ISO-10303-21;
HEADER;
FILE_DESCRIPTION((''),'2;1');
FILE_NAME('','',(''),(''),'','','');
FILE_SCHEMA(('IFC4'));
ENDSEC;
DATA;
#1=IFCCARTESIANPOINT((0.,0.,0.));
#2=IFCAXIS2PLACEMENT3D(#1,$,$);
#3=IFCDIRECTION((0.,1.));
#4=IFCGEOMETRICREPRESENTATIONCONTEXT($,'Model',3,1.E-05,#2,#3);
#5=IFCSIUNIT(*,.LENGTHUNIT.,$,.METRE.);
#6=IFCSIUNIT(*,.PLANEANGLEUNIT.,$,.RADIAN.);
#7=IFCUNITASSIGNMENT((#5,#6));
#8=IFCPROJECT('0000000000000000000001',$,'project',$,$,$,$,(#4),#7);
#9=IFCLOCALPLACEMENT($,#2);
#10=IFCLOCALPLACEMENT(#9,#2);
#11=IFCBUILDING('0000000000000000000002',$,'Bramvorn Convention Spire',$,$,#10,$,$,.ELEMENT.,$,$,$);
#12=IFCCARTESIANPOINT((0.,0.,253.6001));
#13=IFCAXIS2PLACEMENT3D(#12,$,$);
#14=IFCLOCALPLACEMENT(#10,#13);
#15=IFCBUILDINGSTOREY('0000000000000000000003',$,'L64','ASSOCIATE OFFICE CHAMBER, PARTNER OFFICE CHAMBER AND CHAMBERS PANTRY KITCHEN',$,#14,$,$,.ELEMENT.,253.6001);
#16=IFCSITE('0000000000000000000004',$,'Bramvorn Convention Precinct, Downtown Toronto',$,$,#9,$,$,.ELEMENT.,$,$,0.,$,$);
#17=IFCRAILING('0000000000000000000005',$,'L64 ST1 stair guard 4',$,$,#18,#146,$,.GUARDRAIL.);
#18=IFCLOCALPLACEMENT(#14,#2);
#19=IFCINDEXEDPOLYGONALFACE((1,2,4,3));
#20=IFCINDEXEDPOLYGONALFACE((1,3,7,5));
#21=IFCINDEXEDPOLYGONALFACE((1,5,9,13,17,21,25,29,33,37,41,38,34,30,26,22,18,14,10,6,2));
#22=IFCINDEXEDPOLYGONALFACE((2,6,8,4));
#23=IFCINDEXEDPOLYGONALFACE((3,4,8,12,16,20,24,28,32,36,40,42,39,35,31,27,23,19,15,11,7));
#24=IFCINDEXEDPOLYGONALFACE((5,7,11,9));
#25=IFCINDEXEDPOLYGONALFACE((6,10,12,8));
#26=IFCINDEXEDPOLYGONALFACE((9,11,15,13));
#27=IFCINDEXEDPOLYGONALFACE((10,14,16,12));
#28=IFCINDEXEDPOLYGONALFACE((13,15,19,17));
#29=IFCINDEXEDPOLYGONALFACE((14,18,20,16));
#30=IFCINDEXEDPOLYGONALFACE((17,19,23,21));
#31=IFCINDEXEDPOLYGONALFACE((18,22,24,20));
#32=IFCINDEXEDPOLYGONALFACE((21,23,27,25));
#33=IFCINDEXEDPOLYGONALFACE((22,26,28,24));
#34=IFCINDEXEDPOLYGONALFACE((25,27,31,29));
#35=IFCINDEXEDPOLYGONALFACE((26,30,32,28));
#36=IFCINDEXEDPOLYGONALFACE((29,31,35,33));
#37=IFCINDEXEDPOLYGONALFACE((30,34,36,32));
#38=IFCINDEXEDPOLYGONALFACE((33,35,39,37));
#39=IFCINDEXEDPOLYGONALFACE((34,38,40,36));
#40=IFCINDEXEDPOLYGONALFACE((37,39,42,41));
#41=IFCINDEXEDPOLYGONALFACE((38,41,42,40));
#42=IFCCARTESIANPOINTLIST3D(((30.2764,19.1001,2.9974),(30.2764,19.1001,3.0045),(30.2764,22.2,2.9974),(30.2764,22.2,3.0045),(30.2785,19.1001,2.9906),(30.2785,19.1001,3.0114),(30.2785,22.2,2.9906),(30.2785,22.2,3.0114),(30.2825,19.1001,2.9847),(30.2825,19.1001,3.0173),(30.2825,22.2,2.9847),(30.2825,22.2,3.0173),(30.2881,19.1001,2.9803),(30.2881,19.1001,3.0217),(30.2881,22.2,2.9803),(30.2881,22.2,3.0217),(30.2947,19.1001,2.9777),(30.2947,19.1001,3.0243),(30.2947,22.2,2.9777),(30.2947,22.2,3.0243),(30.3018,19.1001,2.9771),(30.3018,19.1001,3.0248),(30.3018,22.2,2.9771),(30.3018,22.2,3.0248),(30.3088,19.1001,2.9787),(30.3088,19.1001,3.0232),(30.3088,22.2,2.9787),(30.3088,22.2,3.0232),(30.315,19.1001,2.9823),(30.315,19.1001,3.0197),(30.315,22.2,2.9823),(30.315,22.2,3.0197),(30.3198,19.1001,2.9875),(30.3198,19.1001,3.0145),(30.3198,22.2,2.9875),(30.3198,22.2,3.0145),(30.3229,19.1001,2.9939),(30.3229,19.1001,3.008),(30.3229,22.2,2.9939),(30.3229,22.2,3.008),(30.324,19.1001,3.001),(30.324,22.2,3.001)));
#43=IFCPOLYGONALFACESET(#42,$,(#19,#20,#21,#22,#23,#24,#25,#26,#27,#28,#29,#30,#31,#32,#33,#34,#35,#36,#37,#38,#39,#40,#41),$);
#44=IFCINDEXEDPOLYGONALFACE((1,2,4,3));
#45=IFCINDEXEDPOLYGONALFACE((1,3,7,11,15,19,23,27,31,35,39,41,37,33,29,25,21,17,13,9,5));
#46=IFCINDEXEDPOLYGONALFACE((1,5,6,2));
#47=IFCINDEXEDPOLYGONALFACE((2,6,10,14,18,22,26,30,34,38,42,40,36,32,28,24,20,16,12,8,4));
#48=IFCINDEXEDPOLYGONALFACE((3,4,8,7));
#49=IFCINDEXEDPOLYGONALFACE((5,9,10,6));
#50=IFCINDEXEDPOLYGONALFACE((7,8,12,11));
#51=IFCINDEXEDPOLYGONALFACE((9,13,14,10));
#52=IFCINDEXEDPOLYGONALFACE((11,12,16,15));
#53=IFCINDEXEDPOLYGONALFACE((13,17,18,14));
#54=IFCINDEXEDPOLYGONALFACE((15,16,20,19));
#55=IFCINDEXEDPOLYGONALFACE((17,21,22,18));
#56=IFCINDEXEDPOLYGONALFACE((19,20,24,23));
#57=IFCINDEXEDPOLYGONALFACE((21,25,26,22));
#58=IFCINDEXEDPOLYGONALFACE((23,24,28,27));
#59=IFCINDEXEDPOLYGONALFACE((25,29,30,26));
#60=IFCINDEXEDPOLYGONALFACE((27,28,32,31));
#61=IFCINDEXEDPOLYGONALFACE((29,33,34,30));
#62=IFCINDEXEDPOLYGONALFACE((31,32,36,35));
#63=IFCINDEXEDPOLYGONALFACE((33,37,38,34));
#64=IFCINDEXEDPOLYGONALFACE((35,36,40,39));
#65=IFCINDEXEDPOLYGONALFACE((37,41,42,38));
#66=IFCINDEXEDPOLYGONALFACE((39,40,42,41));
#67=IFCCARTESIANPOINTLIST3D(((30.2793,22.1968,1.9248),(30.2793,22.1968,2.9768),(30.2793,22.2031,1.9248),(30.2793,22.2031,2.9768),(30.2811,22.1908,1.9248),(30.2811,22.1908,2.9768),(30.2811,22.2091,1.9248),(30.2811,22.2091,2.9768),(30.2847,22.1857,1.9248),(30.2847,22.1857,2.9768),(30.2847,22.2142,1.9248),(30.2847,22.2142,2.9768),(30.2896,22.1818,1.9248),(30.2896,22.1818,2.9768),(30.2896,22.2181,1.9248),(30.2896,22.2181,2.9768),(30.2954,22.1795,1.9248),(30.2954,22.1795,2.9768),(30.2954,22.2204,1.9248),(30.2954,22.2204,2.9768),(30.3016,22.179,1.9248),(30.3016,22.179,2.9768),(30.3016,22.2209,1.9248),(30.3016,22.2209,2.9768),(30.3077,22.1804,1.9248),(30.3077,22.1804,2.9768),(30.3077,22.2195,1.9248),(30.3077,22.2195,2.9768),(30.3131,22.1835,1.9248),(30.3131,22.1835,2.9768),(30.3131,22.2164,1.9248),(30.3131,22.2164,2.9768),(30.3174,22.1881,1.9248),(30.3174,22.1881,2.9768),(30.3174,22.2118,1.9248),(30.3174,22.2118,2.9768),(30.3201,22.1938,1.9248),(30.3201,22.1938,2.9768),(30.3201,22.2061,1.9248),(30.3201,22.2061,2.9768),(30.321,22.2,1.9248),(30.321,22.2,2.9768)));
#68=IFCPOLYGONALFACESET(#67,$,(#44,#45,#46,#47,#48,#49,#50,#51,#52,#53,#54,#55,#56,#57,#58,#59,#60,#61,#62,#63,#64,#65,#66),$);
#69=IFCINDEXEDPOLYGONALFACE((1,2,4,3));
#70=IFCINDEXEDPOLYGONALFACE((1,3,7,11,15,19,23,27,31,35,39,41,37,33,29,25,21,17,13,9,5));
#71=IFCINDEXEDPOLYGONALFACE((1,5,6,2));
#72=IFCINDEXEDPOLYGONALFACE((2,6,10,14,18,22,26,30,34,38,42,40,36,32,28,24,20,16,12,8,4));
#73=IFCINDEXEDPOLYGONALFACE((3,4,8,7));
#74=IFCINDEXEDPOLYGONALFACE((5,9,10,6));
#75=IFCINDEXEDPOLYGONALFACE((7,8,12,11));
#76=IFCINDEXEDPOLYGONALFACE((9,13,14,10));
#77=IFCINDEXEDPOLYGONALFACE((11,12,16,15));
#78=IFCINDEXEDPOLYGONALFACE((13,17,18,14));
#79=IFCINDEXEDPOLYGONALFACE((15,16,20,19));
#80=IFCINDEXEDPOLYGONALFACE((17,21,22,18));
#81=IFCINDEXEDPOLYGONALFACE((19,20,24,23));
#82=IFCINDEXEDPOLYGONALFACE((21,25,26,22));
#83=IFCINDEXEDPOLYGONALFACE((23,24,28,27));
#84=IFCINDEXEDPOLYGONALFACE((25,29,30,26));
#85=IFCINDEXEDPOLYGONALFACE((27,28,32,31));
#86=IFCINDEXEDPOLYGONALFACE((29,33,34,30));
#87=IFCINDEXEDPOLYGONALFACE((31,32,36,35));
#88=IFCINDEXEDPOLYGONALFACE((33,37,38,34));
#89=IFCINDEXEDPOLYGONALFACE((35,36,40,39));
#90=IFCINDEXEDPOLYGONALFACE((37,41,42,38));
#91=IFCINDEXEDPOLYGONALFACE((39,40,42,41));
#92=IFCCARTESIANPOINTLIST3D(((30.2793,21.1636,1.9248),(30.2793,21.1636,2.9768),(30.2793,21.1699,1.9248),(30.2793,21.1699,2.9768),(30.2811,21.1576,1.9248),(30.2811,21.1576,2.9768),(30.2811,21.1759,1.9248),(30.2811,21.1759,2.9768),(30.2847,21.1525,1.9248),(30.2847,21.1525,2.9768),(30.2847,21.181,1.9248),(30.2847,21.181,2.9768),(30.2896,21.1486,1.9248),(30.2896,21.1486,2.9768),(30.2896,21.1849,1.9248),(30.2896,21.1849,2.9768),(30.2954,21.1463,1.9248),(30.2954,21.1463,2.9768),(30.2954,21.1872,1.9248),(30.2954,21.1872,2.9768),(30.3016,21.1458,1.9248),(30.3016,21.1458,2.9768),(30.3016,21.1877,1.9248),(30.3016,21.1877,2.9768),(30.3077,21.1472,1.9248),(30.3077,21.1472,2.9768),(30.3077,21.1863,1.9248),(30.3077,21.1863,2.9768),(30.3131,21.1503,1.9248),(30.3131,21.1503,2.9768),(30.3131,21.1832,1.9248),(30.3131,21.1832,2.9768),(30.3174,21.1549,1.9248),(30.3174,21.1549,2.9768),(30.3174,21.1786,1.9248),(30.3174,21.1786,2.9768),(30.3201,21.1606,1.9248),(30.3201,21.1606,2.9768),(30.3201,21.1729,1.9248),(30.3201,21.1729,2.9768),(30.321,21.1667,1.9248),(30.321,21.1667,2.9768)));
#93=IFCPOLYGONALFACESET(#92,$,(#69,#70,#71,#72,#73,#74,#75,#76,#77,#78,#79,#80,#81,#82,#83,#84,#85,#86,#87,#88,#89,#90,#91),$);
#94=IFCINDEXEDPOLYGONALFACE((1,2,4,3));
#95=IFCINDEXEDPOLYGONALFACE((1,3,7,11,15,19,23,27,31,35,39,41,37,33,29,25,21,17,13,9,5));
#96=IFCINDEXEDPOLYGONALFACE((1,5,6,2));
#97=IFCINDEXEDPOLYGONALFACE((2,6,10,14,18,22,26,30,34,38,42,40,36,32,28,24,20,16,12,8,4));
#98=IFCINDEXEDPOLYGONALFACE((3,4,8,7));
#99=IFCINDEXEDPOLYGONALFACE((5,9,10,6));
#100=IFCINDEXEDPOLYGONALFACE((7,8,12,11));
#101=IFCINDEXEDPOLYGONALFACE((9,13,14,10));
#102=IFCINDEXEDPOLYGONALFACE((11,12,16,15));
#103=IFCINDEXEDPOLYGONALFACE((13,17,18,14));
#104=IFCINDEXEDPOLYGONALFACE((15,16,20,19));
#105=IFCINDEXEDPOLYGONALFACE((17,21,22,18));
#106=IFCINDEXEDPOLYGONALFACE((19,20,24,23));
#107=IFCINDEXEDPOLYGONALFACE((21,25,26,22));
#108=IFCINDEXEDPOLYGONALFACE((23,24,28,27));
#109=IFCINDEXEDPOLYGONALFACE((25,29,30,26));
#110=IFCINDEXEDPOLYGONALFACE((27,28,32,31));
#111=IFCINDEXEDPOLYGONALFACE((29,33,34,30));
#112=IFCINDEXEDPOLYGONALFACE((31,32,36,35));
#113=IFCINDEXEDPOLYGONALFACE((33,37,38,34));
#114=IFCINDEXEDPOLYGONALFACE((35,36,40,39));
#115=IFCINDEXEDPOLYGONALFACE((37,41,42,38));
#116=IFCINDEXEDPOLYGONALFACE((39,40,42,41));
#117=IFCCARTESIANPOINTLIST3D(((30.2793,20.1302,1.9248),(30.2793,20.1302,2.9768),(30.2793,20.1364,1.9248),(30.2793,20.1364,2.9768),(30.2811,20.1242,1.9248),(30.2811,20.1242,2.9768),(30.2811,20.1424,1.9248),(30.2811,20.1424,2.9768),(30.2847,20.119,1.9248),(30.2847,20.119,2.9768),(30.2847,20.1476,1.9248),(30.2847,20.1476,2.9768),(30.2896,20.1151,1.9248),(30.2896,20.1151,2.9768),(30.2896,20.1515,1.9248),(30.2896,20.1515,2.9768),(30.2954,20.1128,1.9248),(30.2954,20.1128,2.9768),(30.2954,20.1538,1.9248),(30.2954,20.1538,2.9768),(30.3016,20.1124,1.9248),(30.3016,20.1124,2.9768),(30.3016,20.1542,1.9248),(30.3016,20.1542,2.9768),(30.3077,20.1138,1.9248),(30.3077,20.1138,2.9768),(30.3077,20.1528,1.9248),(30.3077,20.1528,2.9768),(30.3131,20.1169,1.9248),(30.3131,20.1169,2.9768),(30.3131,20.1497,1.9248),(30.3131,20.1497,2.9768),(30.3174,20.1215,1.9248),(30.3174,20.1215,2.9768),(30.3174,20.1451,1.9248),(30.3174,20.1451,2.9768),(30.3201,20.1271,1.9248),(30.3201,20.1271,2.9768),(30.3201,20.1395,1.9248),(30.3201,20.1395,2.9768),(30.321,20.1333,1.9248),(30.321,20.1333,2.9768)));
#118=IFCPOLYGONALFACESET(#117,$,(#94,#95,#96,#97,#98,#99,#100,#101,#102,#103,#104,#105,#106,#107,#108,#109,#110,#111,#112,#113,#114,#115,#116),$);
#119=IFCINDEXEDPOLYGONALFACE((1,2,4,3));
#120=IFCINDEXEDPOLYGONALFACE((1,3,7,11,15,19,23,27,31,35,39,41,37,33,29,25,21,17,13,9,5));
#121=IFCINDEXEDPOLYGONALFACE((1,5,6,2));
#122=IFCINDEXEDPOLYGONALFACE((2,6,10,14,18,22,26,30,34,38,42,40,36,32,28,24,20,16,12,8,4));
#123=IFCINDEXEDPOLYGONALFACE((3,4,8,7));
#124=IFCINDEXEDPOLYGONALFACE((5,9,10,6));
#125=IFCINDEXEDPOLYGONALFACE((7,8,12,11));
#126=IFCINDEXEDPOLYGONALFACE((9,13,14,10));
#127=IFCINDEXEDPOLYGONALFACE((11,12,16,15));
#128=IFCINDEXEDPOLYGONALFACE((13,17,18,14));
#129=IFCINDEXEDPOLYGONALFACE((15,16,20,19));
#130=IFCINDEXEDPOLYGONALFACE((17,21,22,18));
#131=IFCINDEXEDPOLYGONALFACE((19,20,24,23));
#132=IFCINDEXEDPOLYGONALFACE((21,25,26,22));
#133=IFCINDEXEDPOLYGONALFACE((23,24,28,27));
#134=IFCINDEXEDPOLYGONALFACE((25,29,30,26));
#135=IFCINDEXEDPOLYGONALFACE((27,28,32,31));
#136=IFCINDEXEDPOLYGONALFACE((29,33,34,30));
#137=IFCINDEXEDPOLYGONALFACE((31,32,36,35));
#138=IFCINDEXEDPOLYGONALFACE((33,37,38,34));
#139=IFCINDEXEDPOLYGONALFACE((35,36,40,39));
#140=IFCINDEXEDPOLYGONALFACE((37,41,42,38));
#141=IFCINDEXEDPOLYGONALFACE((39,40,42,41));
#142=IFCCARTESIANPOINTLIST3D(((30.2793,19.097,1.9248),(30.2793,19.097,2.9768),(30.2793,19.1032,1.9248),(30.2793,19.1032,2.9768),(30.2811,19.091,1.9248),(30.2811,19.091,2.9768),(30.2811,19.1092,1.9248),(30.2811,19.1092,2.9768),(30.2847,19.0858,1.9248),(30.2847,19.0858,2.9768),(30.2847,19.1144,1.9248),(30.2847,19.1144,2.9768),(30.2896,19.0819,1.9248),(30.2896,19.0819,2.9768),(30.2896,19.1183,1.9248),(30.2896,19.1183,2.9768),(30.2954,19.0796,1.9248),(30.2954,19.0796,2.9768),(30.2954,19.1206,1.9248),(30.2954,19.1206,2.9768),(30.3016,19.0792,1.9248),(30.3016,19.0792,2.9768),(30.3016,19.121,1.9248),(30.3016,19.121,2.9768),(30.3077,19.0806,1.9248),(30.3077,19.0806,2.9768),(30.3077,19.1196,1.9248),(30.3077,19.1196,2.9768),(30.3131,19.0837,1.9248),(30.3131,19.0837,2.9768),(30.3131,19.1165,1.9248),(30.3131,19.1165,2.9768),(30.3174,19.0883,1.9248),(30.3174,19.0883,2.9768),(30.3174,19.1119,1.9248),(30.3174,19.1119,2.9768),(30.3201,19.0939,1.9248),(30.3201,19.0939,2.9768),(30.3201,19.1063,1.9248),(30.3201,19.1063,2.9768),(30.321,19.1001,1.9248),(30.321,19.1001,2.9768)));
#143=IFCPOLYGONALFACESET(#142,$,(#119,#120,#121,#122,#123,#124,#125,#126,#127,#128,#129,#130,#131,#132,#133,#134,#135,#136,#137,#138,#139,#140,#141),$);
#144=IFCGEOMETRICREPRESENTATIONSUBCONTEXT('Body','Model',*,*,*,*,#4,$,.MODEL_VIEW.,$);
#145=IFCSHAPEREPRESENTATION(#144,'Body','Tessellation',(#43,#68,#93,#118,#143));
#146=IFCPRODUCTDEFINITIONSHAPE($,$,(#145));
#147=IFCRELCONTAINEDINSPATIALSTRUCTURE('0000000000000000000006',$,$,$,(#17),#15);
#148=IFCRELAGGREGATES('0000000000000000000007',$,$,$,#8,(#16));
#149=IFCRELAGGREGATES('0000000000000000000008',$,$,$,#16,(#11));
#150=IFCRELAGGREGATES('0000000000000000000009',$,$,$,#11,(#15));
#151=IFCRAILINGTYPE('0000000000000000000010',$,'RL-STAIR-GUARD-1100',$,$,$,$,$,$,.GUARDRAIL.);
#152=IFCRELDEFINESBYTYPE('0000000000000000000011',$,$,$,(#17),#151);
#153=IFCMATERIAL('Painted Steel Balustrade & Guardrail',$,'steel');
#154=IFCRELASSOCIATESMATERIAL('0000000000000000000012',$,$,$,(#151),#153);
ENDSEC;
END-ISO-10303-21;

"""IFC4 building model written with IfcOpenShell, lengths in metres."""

from ifc_helpers import new_model, si_unit, direction, frame, origin, origin_2d, place, context, subcontext, project, spatial, circle, extrude, material, type_object, element, save


model = new_model("IFC4")

# Units and contexts
model_context = context("Model", 3, precision=1e-05, world=origin(), true_north=direction((0.0, 1.0)))
body_context = subcontext(model_context, "Body", "Model", "MODEL_VIEW")
ifc_project = project(units=[si_unit("LENGTHUNIT", "METRE"), si_unit("PLANEANGLEUNIT", "RADIAN")], contexts=[model_context])

# Site, building, storey
site_placement = place(None, origin())
site = spatial("IfcSite", under=ifc_project, at=site_placement, Name="Bramvorn Convention Precinct, Downtown Toronto", CompositionType="ELEMENT", RefElevation=0.0)
building_placement = place(site_placement, origin())
building = spatial("IfcBuilding", under=site, at=building_placement, Name="Bramvorn Convention Spire", CompositionType="ELEMENT")
storey_placement = place(building_placement, frame((0.0, 0.0, 253.6001)))
storey = spatial("IfcBuildingStorey", under=building, at=storey_placement, Name="L64", Description="ASSOCIATE OFFICE CHAMBER, PARTNER OFFICE CHAMBER AND CHAMBERS PANTRY KITCHEN", CompositionType="ELEMENT", Elevation=253.6001)

# Railing
ifc_material_1 = material(Name="Painted Steel Balustrade & Guardrail", Category="steel")
railing_type_1 = type_object("IfcRailingType", Name="RL-STAIR-GUARD-1100", PredefinedType="GUARDRAIL", material=ifc_material_1)
for number, where, name in (
    (1, (30.3, 22.2, 1.9248), "L64 ST1 stair guard 4"),
):
    element("IfcRailing", number, at=place(storey_placement, frame(where)), inside=storey, type_object=railing_type_1, Name=name, PredefinedType="GUARDRAIL", context=body_context, shape_type="SweptSolid", body=[
        extrude(circle(Radius=0.0239, at=origin_2d()), frame((0.0, 0.0, 1.0762), z_axis=(0.0, -1.0, 0.0), x_axis=(1.0, 0.0, 0.0)), (0.0, 0.0, 1.0), 3.0999),
        extrude(circle(Radius=0.021, at=origin_2d()), origin(), (0.0, 0.0, 1.0), 1.052),
        extrude(circle(Radius=0.021, at=origin_2d()), frame((0.0, -1.0332, 0.0)), (0.0, 0.0, 1.0), 1.052),
        extrude(circle(Radius=0.021, at=origin_2d()), frame((0.0, -2.0667, 0.0)), (0.0, 0.0, 1.0), 1.052),
        extrude(circle(Radius=0.021, at=origin_2d()), frame((0.0, -3.0999, 0.0)), (0.0, 0.0, 1.0), 1.052),
    ])

save(model, "model.ifc")
